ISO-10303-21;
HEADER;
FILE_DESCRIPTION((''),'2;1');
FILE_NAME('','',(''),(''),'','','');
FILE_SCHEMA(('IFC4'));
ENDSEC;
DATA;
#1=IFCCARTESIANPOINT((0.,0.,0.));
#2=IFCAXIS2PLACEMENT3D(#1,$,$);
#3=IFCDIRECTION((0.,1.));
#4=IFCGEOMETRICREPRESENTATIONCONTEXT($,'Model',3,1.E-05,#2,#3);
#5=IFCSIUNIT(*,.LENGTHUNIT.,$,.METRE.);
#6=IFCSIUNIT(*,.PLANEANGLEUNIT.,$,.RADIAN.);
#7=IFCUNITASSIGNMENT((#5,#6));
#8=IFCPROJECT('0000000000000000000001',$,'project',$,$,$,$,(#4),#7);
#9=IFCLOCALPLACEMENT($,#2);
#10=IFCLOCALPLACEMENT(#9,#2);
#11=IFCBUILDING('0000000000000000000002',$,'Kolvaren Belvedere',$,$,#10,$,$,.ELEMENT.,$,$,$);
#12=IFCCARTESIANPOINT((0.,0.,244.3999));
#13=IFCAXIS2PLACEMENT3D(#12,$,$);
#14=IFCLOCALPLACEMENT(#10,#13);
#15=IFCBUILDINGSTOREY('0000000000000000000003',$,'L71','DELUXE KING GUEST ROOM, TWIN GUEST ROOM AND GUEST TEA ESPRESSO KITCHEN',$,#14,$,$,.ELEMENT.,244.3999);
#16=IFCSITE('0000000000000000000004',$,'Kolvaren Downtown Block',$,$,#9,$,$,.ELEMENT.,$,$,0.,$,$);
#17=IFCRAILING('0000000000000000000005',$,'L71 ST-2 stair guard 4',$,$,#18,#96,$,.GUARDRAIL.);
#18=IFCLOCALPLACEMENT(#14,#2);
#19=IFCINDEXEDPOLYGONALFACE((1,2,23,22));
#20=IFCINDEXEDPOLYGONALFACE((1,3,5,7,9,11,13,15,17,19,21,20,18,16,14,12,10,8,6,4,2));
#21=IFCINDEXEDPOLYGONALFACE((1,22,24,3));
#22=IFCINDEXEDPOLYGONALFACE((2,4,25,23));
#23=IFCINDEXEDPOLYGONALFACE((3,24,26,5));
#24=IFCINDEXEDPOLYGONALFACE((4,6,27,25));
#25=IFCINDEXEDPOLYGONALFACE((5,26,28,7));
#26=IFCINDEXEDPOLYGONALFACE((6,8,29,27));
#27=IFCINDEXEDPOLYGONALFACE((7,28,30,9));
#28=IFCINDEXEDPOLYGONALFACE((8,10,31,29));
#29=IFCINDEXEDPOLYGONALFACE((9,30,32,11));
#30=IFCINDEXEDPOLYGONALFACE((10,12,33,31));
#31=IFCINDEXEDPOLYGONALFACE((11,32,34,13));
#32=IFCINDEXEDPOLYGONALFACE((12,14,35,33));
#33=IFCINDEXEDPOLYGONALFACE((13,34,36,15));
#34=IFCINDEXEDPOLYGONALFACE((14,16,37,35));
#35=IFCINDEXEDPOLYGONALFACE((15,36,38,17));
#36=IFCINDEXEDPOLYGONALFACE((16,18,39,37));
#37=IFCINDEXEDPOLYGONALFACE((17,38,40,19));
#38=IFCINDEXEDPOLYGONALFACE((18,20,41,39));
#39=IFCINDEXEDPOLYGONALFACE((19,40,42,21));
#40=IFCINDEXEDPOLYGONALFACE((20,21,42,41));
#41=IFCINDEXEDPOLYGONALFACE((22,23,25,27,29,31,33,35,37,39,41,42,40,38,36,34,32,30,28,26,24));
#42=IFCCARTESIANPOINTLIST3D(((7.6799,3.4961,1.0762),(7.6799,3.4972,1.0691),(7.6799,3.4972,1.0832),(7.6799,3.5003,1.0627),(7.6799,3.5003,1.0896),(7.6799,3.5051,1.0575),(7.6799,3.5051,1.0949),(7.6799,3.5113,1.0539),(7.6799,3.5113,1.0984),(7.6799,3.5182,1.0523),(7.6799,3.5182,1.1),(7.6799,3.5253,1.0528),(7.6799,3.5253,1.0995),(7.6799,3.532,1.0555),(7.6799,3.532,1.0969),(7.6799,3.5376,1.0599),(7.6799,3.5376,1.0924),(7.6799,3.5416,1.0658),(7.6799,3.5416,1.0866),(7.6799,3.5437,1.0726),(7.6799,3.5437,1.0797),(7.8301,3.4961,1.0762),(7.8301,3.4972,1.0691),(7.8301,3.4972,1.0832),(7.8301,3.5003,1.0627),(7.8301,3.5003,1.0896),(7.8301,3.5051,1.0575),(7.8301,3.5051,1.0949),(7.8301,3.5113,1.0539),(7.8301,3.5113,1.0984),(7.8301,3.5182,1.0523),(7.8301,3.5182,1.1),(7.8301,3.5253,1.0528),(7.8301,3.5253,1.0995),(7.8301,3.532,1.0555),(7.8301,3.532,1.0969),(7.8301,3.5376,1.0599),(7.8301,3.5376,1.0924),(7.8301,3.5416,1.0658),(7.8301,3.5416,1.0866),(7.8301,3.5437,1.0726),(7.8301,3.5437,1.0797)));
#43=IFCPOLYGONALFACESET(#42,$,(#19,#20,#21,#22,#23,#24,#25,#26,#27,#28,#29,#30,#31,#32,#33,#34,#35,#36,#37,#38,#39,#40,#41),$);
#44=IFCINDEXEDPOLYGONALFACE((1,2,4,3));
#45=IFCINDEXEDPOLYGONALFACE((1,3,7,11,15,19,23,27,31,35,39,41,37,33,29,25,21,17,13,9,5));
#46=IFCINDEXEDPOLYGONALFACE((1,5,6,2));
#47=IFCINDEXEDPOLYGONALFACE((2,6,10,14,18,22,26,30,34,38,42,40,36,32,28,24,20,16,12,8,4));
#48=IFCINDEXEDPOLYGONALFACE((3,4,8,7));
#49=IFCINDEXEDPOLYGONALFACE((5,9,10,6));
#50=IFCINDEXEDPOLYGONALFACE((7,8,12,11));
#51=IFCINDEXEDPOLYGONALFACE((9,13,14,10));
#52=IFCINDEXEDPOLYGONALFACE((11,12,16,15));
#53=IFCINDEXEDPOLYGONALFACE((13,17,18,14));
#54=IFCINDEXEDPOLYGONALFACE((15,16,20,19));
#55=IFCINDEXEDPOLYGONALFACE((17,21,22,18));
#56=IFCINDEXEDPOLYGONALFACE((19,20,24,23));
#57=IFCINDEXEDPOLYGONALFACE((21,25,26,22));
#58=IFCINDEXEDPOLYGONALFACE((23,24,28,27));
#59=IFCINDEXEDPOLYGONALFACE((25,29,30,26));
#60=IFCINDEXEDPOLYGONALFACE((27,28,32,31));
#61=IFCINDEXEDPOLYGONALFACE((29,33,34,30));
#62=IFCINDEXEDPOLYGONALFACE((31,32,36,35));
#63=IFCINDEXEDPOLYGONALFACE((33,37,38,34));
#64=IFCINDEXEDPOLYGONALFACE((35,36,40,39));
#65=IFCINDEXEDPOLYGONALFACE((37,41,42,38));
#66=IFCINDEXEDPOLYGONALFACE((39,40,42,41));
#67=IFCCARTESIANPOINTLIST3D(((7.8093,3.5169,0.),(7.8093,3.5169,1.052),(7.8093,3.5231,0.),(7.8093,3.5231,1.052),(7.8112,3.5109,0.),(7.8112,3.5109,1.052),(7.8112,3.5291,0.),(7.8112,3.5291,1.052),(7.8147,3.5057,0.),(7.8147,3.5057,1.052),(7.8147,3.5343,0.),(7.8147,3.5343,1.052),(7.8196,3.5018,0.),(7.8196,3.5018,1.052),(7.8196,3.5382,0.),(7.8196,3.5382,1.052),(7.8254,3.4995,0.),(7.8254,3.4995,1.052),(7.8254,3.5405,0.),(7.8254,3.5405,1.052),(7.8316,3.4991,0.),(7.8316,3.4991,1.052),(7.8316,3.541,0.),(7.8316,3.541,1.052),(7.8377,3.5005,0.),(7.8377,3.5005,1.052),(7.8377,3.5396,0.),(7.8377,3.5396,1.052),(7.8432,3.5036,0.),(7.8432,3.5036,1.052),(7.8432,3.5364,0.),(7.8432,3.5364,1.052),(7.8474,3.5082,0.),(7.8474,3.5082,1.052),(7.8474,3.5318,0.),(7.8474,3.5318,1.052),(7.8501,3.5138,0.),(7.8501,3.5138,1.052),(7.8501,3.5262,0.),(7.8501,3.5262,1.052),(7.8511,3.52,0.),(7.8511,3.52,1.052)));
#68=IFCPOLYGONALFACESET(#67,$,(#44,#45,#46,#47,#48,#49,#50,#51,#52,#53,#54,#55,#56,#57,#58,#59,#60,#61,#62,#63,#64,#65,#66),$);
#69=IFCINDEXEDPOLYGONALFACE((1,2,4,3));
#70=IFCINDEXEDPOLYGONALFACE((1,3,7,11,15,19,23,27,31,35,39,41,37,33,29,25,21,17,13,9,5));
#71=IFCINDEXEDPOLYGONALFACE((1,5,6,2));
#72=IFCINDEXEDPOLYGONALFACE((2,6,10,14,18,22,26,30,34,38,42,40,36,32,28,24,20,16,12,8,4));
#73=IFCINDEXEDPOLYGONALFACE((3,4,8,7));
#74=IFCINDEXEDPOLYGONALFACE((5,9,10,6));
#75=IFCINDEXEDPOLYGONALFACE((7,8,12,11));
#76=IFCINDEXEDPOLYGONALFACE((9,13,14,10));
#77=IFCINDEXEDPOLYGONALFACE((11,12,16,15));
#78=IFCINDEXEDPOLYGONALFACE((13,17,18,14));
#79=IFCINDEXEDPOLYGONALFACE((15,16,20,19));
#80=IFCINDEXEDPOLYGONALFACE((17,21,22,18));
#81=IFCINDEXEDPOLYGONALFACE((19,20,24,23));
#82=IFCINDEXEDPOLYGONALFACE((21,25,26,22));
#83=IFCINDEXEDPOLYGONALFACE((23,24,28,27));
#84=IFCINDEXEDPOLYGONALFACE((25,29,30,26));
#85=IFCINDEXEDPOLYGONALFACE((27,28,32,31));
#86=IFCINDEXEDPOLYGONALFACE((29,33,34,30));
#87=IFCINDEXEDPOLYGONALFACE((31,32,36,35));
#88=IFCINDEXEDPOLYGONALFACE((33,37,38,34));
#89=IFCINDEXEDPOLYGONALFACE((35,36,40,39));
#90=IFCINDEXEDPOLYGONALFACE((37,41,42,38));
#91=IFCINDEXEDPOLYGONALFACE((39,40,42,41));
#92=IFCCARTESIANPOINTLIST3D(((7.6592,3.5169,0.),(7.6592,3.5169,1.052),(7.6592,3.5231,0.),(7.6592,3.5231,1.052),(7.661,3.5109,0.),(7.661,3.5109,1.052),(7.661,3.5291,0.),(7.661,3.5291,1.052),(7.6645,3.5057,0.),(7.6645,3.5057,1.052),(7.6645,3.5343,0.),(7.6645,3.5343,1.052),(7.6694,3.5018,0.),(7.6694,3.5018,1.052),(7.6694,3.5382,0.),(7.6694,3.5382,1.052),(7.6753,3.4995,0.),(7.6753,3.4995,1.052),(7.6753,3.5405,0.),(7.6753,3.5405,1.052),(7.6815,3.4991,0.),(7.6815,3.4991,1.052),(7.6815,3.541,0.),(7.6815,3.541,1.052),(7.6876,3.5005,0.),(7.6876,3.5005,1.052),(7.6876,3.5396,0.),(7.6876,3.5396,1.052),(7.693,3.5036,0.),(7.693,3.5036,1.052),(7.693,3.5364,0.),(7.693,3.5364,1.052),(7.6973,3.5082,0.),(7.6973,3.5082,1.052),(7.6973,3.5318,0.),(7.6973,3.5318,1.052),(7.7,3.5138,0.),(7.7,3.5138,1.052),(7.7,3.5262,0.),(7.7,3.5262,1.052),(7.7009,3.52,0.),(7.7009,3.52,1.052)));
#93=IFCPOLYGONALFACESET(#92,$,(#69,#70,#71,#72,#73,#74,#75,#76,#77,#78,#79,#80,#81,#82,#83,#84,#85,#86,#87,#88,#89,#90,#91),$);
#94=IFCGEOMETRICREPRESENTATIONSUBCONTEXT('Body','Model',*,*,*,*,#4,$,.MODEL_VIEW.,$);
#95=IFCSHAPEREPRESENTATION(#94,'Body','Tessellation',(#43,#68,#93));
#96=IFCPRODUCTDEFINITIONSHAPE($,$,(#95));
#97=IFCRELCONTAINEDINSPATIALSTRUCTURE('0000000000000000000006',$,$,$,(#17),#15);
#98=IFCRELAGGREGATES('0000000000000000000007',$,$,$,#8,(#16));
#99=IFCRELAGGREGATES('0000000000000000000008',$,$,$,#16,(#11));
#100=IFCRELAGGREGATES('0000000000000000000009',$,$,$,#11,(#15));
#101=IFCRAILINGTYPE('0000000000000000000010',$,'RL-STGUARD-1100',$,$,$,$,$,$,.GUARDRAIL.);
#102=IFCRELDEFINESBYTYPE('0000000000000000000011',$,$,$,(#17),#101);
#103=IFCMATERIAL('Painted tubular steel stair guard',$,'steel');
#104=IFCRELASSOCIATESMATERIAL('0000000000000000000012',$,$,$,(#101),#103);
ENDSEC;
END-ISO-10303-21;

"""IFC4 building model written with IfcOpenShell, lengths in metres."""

from ifc_helpers import new_model, si_unit, direction, frame, origin, origin_2d, place, context, subcontext, project, spatial, circle, extrude, material, type_object, element, save


model = new_model("IFC4")

# Units and contexts
model_context = context("Model", 3, precision=1e-05, world=origin(), true_north=direction((0.0, 1.0)))
body_context = subcontext(model_context, "Body", "Model", "MODEL_VIEW")
ifc_project = project(units=[si_unit("LENGTHUNIT", "METRE"), si_unit("PLANEANGLEUNIT", "RADIAN")], contexts=[model_context])

# Site, building, storey
site_placement = place(None, origin())
site = spatial("IfcSite", under=ifc_project, at=site_placement, Name="Kolvaren Downtown Block", CompositionType="ELEMENT", RefElevation=0.0)
building_placement = place(site_placement, origin())
building = spatial("IfcBuilding", under=site, at=building_placement, Name="Kolvaren Belvedere", CompositionType="ELEMENT")
storey_placement = place(building_placement, frame((0.0, 0.0, 244.3999)))
storey = spatial("IfcBuildingStorey", under=building, at=storey_placement, Name="L71", Description="DELUXE KING GUEST ROOM, TWIN GUEST ROOM AND GUEST TEA ESPRESSO KITCHEN", CompositionType="ELEMENT", Elevation=244.3999)

# Railing
ifc_material_1 = material(Name="Painted tubular steel stair guard", Category="steel")
railing_type_1 = type_object("IfcRailingType", Name="RL-STGUARD-1100", PredefinedType="GUARDRAIL", material=ifc_material_1)
railing_1_placement = place(storey_placement, frame((7.8301, 3.52, 0.0)))
element("IfcRailing", 1, at=railing_1_placement, inside=storey, type_object=railing_type_1, Name="L71 ST-2 stair guard 4", PredefinedType="GUARDRAIL", context=body_context, shape_type="SweptSolid", body=[
    extrude(circle(Radius=0.0239, at=origin_2d()), frame((0.0, 0.0, 1.0762), z_axis=(-1.0, 0.0, 0.0), x_axis=(0.0, -1.0, 0.0)), (0.0, 0.0, 1.0), 0.1501),
    extrude(circle(Radius=0.021, at=origin_2d()), origin(), (0.0, 0.0, 1.0), 1.052),
    extrude(circle(Radius=0.021, at=origin_2d()), frame((-0.1501, 0.0, 0.0)), (0.0, 0.0, 1.0), 1.052),
])

save(model, "model.ifc")
